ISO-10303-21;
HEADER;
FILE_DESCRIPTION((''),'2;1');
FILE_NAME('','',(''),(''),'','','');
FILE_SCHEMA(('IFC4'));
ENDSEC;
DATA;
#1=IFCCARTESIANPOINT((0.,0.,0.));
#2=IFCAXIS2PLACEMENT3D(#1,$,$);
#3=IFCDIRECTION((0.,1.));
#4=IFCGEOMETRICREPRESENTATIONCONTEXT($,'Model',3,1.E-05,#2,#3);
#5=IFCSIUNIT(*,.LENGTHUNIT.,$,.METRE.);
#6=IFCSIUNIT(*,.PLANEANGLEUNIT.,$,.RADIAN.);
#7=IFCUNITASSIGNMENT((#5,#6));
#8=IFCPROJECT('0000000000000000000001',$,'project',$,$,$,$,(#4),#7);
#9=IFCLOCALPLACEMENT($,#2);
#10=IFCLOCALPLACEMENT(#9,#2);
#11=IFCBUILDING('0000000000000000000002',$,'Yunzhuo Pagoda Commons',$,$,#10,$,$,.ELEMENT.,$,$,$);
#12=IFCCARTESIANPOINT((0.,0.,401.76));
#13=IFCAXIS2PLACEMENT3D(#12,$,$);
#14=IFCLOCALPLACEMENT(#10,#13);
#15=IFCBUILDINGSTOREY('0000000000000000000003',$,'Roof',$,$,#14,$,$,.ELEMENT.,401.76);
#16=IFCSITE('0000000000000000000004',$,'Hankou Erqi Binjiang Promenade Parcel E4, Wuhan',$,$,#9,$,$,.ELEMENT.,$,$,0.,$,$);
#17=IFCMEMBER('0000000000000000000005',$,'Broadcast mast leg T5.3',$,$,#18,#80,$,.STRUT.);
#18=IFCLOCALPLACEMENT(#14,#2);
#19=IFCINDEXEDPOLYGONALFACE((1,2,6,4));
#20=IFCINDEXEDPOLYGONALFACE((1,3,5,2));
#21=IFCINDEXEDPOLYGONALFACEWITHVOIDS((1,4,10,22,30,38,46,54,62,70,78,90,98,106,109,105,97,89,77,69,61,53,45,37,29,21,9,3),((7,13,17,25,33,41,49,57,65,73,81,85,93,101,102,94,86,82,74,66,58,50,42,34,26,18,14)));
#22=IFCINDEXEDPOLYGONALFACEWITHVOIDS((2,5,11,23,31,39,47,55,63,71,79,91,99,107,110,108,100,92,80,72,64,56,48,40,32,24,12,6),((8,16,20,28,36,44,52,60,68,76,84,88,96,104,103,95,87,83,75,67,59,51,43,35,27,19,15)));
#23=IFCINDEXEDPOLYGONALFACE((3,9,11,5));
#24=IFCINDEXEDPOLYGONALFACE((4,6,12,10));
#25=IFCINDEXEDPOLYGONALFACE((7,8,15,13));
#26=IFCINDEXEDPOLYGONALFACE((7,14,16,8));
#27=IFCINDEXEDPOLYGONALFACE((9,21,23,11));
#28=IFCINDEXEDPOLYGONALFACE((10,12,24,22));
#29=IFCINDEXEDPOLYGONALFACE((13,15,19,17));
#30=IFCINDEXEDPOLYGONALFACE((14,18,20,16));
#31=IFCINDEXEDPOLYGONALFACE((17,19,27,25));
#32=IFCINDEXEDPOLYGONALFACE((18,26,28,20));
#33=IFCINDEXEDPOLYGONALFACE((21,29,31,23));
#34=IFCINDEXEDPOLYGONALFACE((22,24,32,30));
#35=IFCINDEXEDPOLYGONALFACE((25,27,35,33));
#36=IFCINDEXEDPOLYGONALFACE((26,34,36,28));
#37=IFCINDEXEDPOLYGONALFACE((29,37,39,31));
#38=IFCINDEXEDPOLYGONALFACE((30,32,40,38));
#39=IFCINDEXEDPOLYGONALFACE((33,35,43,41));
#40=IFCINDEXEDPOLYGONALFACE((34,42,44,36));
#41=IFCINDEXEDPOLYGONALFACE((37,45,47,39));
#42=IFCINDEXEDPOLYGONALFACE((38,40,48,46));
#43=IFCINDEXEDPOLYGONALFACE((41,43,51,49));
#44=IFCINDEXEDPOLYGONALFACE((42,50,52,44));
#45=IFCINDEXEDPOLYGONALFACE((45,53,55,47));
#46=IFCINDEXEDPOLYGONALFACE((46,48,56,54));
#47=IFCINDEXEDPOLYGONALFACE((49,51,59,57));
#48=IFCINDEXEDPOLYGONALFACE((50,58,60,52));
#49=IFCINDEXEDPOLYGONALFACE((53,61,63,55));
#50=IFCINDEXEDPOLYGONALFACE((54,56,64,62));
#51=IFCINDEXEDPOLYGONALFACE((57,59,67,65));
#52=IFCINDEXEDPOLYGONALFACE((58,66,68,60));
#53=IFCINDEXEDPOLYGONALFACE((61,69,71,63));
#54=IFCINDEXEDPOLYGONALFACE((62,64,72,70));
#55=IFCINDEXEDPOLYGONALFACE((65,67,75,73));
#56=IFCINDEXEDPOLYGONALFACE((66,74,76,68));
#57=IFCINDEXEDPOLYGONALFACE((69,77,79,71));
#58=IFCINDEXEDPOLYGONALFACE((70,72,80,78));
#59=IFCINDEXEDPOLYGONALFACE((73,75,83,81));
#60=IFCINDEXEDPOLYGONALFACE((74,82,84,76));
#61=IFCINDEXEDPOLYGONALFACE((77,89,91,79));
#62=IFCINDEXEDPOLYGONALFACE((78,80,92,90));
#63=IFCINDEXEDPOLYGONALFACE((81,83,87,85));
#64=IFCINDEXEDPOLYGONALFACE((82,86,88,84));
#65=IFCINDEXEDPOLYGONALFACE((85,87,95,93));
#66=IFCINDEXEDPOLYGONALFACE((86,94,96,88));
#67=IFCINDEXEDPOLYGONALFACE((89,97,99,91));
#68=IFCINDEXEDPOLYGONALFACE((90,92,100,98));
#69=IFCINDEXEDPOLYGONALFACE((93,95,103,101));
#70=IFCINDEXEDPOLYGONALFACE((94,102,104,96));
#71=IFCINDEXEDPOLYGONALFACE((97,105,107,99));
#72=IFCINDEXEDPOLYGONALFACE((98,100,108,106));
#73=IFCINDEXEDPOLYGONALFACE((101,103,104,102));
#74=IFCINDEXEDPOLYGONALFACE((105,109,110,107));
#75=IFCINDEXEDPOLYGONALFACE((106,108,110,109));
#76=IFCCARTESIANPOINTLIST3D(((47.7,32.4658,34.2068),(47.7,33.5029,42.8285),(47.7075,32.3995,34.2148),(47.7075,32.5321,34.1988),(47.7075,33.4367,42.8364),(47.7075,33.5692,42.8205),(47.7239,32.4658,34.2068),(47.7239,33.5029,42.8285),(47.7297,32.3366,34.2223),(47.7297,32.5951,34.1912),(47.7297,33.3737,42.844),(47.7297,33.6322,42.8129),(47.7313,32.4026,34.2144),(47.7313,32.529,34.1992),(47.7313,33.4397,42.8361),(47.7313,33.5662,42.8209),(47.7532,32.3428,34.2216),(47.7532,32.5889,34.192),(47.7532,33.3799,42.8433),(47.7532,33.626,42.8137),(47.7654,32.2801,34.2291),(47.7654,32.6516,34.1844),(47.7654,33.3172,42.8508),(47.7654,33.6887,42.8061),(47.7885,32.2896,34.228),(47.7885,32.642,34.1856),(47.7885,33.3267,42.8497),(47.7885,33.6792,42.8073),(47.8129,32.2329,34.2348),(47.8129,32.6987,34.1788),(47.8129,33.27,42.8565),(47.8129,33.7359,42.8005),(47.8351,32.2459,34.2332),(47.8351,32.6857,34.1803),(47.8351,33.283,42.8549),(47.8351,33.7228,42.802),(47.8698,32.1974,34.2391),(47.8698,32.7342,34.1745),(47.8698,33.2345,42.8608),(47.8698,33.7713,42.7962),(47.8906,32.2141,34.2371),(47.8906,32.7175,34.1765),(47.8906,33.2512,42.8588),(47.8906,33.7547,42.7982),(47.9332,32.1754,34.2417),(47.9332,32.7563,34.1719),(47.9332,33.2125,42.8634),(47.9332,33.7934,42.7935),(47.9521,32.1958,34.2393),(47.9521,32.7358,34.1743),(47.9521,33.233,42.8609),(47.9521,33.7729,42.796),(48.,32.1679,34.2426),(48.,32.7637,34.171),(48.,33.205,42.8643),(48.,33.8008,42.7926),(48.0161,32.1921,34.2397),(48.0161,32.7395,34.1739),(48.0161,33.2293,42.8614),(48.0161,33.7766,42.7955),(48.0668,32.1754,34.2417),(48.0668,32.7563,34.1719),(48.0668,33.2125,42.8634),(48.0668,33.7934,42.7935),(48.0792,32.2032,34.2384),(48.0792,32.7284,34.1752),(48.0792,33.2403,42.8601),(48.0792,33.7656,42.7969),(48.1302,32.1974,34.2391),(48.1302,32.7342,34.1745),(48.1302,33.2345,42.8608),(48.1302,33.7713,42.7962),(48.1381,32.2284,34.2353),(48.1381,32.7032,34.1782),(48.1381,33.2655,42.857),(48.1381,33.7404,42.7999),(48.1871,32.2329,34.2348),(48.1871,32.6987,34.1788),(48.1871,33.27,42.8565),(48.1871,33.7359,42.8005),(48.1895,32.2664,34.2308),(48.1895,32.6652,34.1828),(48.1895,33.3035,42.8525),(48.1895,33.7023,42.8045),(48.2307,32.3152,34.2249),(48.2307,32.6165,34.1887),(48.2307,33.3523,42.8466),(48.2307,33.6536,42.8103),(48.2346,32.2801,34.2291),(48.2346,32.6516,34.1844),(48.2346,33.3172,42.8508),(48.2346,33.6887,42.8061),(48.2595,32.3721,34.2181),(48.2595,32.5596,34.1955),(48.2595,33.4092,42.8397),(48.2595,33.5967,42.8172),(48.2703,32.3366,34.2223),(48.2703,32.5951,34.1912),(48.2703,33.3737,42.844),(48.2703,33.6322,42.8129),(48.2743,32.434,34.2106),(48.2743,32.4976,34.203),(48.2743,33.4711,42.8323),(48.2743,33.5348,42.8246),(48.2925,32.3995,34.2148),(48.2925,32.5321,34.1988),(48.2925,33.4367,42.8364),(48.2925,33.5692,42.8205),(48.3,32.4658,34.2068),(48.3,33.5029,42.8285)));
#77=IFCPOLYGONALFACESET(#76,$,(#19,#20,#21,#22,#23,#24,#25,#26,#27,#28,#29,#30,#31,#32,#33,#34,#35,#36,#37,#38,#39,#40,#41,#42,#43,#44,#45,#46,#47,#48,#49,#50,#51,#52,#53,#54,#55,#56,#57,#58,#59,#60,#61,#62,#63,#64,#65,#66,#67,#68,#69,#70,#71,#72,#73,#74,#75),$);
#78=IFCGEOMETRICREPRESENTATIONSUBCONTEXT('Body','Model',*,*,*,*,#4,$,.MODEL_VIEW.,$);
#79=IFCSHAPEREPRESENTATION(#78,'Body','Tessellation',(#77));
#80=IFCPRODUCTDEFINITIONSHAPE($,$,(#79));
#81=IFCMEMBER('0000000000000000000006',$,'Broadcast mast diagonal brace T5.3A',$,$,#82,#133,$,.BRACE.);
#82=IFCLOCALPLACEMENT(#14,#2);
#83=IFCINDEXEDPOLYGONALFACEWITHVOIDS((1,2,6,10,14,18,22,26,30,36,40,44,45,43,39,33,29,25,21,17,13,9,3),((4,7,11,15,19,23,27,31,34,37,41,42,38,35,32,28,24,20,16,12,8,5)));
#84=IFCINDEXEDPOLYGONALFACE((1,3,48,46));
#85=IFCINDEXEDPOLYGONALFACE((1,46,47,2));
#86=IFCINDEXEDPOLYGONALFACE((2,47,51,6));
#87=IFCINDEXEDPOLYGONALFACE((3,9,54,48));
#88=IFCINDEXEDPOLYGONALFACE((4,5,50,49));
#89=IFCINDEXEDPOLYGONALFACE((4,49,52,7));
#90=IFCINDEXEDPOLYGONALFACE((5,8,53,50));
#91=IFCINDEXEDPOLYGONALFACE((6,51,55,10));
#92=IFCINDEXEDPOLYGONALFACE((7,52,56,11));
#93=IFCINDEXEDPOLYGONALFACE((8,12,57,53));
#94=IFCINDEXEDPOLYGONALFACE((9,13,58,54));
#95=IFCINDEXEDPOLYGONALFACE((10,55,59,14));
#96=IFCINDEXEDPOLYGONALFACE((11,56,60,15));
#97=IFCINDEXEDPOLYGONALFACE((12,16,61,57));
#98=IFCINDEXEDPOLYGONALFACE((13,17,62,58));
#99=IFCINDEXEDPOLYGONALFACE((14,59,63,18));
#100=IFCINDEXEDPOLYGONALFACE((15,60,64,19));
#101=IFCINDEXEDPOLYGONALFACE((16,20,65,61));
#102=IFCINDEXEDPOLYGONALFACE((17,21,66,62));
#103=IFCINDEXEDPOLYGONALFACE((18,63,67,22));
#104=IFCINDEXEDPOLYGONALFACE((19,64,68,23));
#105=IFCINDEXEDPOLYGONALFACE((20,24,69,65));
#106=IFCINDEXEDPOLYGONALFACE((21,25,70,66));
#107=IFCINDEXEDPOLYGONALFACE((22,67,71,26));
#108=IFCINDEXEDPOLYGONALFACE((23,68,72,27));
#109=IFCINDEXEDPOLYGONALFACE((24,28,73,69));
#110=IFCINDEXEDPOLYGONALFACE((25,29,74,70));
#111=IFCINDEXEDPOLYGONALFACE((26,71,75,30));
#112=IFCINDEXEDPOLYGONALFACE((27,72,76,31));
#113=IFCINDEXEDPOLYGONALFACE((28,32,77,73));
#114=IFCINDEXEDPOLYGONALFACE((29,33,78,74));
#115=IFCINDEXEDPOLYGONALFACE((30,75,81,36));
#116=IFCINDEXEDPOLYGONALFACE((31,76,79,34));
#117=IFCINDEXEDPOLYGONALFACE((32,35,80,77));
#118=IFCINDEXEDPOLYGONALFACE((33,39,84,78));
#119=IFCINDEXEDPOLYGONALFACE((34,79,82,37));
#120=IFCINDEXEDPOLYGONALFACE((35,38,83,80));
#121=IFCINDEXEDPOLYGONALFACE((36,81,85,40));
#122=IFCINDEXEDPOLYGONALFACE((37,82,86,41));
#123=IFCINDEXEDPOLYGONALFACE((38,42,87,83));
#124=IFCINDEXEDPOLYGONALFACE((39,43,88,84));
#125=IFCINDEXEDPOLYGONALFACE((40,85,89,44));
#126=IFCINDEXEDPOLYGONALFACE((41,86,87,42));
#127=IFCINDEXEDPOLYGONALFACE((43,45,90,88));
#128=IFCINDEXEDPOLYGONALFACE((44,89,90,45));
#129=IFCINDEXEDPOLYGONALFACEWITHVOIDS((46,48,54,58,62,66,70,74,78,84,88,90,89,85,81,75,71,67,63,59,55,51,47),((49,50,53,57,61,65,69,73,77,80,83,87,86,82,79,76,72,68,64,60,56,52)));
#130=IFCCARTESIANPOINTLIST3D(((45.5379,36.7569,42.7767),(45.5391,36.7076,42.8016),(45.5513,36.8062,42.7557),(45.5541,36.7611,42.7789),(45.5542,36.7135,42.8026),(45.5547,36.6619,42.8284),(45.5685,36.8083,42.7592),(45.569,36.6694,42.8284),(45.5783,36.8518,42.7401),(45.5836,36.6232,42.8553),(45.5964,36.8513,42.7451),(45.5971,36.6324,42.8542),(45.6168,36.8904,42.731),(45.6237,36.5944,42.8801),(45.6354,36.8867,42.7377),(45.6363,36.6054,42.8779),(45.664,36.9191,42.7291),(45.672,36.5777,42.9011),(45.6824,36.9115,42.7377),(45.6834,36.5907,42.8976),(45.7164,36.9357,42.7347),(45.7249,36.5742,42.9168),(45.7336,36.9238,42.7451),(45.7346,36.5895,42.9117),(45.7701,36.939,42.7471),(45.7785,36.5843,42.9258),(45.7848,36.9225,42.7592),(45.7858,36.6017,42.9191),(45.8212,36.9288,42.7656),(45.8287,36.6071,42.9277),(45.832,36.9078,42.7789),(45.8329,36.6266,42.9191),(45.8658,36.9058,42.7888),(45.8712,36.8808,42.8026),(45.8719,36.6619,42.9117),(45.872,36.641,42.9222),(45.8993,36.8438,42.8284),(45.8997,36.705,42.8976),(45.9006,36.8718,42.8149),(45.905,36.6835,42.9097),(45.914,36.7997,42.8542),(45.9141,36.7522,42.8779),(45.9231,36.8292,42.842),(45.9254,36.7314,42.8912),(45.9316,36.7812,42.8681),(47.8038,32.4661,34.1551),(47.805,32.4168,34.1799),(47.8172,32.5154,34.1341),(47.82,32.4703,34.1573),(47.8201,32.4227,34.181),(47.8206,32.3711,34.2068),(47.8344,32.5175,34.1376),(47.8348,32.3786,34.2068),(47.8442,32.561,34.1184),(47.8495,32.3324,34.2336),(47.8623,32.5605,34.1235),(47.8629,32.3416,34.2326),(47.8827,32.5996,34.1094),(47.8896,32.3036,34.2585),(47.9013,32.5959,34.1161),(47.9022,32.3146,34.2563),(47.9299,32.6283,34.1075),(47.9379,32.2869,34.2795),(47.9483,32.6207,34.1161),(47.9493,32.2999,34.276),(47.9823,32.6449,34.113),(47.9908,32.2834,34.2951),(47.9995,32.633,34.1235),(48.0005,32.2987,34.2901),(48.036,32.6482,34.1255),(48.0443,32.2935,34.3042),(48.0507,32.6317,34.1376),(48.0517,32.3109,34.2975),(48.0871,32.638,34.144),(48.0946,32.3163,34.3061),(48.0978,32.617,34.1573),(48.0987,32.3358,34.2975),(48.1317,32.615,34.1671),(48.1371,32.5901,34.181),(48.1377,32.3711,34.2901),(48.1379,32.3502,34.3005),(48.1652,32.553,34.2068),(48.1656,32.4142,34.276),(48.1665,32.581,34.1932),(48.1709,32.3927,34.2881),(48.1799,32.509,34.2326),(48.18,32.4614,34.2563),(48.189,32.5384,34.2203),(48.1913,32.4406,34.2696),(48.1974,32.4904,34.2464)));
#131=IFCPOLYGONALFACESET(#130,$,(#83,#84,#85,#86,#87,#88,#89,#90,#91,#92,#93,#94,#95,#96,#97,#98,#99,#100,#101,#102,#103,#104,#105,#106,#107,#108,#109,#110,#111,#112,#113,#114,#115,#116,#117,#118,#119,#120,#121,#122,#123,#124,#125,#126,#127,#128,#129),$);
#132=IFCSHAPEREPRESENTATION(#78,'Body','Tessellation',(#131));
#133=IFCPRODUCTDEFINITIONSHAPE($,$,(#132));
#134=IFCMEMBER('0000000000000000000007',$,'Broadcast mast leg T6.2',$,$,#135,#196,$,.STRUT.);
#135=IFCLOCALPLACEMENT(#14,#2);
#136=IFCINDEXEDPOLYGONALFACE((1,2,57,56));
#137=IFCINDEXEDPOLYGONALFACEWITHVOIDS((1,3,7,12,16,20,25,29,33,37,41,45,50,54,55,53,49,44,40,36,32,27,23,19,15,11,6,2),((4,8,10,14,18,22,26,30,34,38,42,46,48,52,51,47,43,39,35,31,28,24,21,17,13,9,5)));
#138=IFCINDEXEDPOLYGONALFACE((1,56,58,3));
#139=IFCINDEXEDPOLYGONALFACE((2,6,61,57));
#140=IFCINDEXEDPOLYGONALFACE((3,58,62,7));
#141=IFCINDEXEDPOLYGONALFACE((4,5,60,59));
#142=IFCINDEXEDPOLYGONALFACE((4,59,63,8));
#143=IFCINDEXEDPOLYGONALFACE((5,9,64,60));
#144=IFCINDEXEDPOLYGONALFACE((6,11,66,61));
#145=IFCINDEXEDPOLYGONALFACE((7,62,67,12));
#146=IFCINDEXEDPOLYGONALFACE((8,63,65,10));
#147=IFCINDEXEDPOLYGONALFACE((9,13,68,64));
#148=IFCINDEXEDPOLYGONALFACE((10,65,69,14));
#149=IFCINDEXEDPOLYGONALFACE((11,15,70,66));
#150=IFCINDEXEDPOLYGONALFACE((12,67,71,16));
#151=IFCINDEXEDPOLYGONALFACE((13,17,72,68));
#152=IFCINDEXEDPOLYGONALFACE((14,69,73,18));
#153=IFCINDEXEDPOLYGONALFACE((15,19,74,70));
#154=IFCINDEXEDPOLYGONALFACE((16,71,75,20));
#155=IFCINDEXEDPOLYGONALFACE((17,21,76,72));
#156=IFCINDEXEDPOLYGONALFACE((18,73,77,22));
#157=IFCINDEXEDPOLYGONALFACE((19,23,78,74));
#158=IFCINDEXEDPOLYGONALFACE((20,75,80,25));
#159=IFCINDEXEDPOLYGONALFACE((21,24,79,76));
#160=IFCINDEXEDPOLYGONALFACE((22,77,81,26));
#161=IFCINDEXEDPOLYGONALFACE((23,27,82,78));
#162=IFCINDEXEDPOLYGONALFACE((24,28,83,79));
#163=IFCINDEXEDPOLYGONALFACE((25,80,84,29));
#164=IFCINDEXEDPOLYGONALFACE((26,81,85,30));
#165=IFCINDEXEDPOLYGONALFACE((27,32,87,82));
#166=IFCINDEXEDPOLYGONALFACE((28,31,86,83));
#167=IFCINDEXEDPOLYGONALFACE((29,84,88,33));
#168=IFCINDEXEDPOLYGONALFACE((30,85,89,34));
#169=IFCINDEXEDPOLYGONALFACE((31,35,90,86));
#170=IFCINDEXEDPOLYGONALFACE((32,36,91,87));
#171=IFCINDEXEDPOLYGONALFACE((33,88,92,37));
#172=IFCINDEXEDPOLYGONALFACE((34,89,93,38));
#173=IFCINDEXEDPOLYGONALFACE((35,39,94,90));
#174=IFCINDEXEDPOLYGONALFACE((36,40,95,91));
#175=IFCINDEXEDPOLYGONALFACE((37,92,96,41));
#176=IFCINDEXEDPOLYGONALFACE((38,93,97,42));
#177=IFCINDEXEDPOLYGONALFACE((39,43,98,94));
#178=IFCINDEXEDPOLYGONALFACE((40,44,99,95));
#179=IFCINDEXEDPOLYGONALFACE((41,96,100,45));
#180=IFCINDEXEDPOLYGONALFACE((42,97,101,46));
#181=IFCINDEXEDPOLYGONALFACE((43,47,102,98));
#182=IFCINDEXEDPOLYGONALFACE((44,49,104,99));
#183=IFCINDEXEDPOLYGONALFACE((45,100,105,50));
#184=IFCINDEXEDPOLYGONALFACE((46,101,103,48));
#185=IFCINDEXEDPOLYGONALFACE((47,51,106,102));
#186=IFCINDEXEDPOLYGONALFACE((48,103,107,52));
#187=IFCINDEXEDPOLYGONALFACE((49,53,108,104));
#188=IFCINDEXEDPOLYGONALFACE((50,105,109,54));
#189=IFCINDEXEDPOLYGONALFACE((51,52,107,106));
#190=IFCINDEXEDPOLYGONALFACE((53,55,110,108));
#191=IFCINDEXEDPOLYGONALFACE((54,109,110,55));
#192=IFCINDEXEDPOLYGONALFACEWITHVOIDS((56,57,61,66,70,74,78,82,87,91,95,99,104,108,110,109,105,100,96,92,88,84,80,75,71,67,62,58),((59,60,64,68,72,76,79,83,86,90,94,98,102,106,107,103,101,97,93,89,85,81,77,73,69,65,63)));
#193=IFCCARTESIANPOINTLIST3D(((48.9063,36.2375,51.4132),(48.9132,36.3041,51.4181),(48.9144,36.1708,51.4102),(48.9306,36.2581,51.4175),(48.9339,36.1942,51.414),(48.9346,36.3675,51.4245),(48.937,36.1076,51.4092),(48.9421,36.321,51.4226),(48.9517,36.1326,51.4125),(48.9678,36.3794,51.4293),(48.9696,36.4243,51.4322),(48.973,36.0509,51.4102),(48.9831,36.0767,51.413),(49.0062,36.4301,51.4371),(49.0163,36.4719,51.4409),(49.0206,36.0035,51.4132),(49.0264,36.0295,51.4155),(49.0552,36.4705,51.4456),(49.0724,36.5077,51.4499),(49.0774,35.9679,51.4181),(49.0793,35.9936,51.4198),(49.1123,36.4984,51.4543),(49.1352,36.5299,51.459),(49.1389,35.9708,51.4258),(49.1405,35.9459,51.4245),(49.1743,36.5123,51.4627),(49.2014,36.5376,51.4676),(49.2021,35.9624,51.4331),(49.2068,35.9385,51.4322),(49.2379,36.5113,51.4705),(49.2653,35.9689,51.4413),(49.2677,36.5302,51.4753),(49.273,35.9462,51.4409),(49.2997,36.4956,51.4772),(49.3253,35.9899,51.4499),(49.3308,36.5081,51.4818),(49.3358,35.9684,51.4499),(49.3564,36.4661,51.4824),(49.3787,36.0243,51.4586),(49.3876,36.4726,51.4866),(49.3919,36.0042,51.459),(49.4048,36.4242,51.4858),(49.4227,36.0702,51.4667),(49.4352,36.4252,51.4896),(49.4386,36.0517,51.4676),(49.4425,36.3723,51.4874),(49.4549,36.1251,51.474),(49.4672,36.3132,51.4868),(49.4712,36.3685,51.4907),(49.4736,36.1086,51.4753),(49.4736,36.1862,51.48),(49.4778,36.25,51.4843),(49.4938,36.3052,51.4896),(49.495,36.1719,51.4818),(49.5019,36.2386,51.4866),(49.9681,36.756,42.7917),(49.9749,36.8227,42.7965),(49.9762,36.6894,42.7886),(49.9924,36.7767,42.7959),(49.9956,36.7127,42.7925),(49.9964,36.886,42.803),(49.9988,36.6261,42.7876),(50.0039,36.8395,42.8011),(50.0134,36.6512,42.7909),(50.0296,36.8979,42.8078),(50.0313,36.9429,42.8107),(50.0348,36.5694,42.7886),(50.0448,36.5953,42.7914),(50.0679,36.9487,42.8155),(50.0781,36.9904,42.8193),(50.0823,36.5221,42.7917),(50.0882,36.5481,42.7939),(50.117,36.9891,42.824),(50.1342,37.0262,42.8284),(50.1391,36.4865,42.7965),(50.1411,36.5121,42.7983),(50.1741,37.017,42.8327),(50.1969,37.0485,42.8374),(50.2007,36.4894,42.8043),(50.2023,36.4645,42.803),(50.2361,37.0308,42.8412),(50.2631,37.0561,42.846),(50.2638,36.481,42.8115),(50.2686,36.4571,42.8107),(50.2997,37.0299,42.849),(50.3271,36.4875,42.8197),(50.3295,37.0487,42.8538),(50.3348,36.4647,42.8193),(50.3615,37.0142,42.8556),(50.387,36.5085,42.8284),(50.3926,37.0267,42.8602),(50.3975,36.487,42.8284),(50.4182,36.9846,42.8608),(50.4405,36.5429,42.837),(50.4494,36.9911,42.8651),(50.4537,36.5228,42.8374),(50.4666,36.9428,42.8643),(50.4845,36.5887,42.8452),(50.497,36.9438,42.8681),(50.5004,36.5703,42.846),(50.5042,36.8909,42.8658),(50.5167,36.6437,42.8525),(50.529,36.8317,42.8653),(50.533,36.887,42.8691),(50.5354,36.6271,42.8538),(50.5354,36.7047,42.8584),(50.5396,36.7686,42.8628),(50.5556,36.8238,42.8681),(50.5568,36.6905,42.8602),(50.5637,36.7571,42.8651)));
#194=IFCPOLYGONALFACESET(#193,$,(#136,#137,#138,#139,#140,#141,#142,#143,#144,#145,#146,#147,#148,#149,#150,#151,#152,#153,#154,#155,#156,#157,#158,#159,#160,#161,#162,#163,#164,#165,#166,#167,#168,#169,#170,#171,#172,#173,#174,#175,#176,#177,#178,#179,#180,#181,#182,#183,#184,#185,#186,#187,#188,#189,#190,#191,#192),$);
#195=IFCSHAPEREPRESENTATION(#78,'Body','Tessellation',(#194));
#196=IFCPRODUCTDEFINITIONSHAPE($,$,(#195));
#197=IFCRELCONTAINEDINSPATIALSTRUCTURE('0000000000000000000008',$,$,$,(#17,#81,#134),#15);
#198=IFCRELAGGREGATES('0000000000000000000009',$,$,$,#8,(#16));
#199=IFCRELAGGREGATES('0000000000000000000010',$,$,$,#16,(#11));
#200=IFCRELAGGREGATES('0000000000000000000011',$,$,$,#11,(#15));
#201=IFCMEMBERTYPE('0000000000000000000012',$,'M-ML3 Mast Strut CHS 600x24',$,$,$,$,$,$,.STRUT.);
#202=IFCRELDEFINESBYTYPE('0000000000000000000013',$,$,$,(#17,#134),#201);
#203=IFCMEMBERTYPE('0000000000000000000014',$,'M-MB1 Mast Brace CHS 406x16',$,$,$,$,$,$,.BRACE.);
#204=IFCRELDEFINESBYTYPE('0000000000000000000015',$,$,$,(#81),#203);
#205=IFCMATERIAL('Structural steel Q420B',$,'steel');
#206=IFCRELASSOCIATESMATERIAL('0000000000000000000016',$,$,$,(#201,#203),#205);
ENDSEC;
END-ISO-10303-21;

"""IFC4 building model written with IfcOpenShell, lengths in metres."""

from ifc_helpers import new_model, si_unit, direction, frame, origin, origin_2d, place, context, subcontext, project, spatial, hollow_circle, extrude, source, transform, mapped, material, material_profile, profile_set, type_object, element, save


model = new_model("IFC4")

# Units and contexts
model_context = context("Model", 3, precision=1e-05, world=origin(), true_north=direction((0.0, 1.0)))
body_context = subcontext(model_context, "Body", "Model", "MODEL_VIEW")
ifc_project = project(units=[si_unit("LENGTHUNIT", "METRE"), si_unit("PLANEANGLEUNIT", "RADIAN")], contexts=[model_context])

# Site, building, storey
site_placement = place(None, origin())
site = spatial("IfcSite", under=ifc_project, at=site_placement, Name="Hankou Erqi Binjiang Promenade Parcel E4, Wuhan", CompositionType="ELEMENT", RefElevation=0.0)
building_placement = place(site_placement, origin())
building = spatial("IfcBuilding", under=site, at=building_placement, Name="Yunzhuo Pagoda Commons", CompositionType="ELEMENT")
storey_placement = place(building_placement, frame((0.0, 0.0, 401.76)))
storey = spatial("IfcBuildingStorey", under=building, at=storey_placement, Name="Roof", CompositionType="ELEMENT", Elevation=401.76)

# Members
ifc_material_1 = material(Name="Structural steel Q420B", Category="steel")
ifc_material_profile_1 = material_profile(ifc_material_1, hollow_circle(Radius=0.3, WallThickness=0.0239, at=origin_2d()), Name="Structural steel Q420B")
ifc_profile_set_1 = profile_set([ifc_material_profile_1], Name="Structural steel Q420B")
member_type_1 = type_object("IfcMemberType", Name="M-ML3 Mast Strut CHS 600x24", PredefinedType="STRUT", material=ifc_profile_set_1)
ifc_material_profile_2 = material_profile(ifc_material_1, hollow_circle(Radius=0.2029, WallThickness=0.0161, at=origin_2d()), Name="Structural steel Q420B")
ifc_profile_set_2 = profile_set([ifc_material_profile_2], Name="Structural steel Q420B")
member_type_2 = type_object("IfcMemberType", Name="M-MB1 Mast Brace CHS 406x16", PredefinedType="BRACE", material=ifc_profile_set_2)
shared_shape_1 = source(origin(), body_context, "Body", "SweptSolid", [
    extrude(hollow_circle(Radius=0.3, WallThickness=0.0239, at=origin_2d()), origin(), (0.0, 0.0, 1.0), 8.6838),
])
member_1_placement = place(storey_placement, frame((48.0, 32.4658, 34.2068), z_axis=(0.0, 0.119431, 0.992842), x_axis=(-1.0, 0.0, 0.0)))
element("IfcMember", 1, at=member_1_placement, inside=storey, type_object=member_type_1, Name="Broadcast mast leg T5.3", PredefinedType="STRUT", context=body_context, shape_type="MappedRepresentation", body=[
    mapped(shared_shape_1, transform((0.0, 0.0, 0.0), scale=1.0)),
])
shared_shape_2 = source(origin(), body_context, "Body", "SweptSolid", [
    extrude(hollow_circle(Radius=0.2029, WallThickness=0.0161, at=origin_2d()), origin(), (0.0, 0.0, 1.0), 9.8933),
])
member_2_placement = place(storey_placement, frame((48.0, 32.4658, 34.2068), z_axis=(-0.229032, 0.433707, 0.87146), x_axis=(-0.884275, -0.466967, 0.0)))
element("IfcMember", 2, at=member_2_placement, inside=storey, type_object=member_type_2, Name="Broadcast mast diagonal brace T5.3A", PredefinedType="BRACE", context=body_context, shape_type="MappedRepresentation", body=[
    mapped(shared_shape_2, transform((0.0, 0.0, 0.0), scale=1.0)),
])
shared_shape_3 = source(origin(), body_context, "Body", "SweptSolid", [
    extrude(hollow_circle(Radius=0.3, WallThickness=0.0239, at=origin_2d()), origin(), (0.0, 0.0, 1.0), 8.7021),
])
member_3_placement = place(storey_placement, frame((50.2659, 36.7566, 42.8284), z_axis=(-0.122012, -0.059589, 0.990738), x_axis=(0.438847, -0.898562, 0.0)))
element("IfcMember", 3, at=member_3_placement, inside=storey, type_object=member_type_1, Name="Broadcast mast leg T6.2", PredefinedType="STRUT", context=body_context, shape_type="MappedRepresentation", body=[
    mapped(shared_shape_3, transform((0.0, 0.0, 0.0), scale=1.0)),
])

save(model, "model.ifc")
